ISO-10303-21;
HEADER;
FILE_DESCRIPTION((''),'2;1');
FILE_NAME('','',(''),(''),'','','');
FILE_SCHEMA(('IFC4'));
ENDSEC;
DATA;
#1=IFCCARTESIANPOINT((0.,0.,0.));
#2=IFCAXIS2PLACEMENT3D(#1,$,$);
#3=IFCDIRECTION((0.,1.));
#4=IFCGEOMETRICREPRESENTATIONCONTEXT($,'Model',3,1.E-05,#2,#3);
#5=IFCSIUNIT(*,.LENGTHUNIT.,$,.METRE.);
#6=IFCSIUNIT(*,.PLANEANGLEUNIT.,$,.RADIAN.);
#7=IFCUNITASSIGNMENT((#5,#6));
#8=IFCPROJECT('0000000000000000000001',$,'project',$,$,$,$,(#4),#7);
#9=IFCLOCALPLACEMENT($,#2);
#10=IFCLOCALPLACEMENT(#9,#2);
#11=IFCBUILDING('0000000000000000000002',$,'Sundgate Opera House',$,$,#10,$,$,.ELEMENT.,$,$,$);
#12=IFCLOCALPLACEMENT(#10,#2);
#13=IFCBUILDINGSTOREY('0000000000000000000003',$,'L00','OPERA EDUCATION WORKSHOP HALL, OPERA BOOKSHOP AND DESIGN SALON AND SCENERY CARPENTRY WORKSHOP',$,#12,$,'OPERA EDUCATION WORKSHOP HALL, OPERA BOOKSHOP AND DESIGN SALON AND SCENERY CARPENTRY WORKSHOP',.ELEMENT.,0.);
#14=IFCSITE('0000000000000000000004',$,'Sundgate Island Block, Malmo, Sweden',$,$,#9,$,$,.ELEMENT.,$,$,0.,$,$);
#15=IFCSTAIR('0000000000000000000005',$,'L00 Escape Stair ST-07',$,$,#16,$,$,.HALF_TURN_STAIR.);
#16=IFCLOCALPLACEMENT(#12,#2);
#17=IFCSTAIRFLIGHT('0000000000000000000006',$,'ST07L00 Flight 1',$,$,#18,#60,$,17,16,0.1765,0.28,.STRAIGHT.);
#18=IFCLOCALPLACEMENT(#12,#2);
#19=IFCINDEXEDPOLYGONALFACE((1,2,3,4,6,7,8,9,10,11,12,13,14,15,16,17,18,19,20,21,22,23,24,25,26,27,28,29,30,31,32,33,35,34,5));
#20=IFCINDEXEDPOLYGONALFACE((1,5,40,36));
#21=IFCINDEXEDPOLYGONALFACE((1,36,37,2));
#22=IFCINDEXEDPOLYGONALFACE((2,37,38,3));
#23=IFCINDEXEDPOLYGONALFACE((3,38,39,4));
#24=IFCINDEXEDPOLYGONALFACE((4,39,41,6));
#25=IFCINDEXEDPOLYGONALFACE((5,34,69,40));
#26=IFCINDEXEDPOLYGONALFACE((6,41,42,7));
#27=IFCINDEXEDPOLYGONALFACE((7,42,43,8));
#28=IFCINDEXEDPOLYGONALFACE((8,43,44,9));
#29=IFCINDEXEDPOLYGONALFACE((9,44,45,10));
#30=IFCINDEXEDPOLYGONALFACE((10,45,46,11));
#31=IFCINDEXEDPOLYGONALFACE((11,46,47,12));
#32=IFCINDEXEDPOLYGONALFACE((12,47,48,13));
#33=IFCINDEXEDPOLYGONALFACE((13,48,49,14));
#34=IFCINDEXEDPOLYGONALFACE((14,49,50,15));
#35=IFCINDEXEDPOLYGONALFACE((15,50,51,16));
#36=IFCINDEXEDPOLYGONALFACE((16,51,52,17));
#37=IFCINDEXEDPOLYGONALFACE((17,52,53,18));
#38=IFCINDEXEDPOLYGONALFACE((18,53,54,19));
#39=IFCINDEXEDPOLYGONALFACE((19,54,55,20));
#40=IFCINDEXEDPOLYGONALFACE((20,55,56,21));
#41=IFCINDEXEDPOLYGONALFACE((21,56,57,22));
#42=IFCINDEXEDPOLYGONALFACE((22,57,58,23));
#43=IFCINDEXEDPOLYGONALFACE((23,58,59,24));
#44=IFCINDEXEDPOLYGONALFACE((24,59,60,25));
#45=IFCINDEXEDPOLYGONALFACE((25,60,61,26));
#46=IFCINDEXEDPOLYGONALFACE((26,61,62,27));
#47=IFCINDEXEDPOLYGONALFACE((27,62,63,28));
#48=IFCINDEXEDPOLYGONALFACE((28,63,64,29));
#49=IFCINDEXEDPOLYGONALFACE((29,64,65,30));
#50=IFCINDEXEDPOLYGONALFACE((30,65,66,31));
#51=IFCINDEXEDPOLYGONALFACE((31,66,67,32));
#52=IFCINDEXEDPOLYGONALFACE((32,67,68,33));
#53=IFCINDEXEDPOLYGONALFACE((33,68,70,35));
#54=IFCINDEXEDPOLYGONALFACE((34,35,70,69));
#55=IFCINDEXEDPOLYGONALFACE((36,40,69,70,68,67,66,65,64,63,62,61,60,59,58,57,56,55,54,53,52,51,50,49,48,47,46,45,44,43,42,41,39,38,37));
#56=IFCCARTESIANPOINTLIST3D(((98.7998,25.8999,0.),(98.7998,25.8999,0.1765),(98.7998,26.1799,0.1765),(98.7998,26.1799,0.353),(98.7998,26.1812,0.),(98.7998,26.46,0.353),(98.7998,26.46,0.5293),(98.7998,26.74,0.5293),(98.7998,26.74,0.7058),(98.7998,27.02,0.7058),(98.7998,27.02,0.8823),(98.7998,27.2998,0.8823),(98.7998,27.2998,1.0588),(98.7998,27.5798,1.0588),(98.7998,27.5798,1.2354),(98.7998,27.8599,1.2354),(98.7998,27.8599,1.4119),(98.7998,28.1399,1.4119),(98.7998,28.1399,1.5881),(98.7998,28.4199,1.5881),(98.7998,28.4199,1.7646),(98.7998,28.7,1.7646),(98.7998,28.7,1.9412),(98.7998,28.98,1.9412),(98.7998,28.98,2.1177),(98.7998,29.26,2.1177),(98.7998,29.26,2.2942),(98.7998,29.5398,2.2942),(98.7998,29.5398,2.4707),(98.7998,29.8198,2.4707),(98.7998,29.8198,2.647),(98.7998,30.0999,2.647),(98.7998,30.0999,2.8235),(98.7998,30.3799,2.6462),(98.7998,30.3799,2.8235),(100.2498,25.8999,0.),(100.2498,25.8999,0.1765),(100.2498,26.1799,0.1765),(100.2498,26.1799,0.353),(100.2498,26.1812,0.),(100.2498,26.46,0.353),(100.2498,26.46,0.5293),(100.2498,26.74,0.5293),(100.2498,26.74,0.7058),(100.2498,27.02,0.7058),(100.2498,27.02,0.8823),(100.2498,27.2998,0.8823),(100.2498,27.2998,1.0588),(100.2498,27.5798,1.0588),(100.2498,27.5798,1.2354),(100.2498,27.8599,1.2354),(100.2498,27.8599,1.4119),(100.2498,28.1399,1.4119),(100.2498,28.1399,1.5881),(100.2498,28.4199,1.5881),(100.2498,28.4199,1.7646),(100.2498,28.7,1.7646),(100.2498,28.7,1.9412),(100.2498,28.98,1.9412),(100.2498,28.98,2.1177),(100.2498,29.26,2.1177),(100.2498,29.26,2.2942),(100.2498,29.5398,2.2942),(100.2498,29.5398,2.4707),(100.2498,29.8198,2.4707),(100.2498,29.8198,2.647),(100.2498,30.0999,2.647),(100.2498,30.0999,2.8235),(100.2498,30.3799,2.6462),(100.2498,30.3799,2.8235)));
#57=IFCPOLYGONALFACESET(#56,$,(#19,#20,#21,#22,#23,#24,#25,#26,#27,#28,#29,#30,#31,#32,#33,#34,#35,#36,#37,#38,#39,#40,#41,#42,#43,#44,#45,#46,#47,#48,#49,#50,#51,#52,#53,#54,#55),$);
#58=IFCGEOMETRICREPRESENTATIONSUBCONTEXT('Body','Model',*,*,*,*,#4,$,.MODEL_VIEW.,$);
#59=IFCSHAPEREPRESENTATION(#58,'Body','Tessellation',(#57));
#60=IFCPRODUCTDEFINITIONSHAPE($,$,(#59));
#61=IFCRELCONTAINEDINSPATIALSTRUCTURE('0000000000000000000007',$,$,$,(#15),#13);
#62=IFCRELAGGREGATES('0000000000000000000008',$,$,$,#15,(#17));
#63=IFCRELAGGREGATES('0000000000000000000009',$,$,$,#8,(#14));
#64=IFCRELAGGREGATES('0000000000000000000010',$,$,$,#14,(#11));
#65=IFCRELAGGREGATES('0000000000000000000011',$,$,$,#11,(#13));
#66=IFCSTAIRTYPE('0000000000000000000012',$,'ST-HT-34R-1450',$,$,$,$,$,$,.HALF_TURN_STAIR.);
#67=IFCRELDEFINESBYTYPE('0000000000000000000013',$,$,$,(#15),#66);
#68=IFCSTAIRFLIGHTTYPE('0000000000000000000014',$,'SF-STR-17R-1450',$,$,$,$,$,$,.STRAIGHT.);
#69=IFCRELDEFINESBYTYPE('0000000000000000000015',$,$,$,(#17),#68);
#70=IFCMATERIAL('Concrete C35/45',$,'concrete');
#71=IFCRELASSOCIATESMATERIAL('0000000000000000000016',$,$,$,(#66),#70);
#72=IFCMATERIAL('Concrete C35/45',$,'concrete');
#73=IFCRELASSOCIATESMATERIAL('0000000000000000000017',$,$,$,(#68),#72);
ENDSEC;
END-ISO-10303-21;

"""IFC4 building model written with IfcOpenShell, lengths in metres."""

from ifc_helpers import new_model, si_unit, direction, frame, origin, place, context, subcontext, project, spatial, polyline, outline, extrude, material, type_object, element, aggregate, save


model = new_model("IFC4")

# Units and contexts
model_context = context("Model", 3, precision=1e-05, world=origin(), true_north=direction((0.0, 1.0)))
body_context = subcontext(model_context, "Body", "Model", "MODEL_VIEW")
ifc_project = project(units=[si_unit("LENGTHUNIT", "METRE"), si_unit("PLANEANGLEUNIT", "RADIAN")], contexts=[model_context])

# Site, building, storey
site_placement = place(None, origin())
site = spatial("IfcSite", under=ifc_project, at=site_placement, Name="Sundgate Island Block, Malmo, Sweden", CompositionType="ELEMENT", RefElevation=0.0)
building_placement = place(site_placement, origin())
building = spatial("IfcBuilding", under=site, at=building_placement, Name="Sundgate Opera House", CompositionType="ELEMENT")
storey_placement = place(building_placement, origin())
storey = spatial("IfcBuildingStorey", under=building, at=storey_placement, Name="L00", Description="OPERA EDUCATION WORKSHOP HALL, OPERA BOOKSHOP AND DESIGN SALON AND SCENERY CARPENTRY WORKSHOP", LongName="OPERA EDUCATION WORKSHOP HALL, OPERA BOOKSHOP AND DESIGN SALON AND SCENERY CARPENTRY WORKSHOP", CompositionType="ELEMENT", Elevation=0.0)

# Stair, stair flight
ifc_material_1 = material(Name="Concrete C35/45", Category="concrete")
stair_type = type_object("IfcStairType", Name="ST-HT-34R-1450", PredefinedType="HALF_TURN_STAIR", material=ifc_material_1)
stair_placement = place(storey_placement, origin())
stair = element("IfcStair", 1, at=stair_placement, inside=storey, type_object=stair_type, Name="L00 Escape Stair ST-07", PredefinedType="HALF_TURN_STAIR")
ifc_material_2 = material(Name="Concrete C35/45", Category="concrete")
stair_flight_type = type_object("IfcStairFlightType", Name="SF-STR-17R-1450", PredefinedType="STRAIGHT", material=ifc_material_2)
stair_flight_placement = place(storey_placement, frame((99.5249, 25.8999, 0.0), z_axis=(0.0, 0.0, 1.0), x_axis=(0.0, 1.0, 0.0)))
stair_flight = element("IfcStairFlight", 2, at=stair_flight_placement, type_object=stair_flight_type, Name="ST07L00 Flight 1", NumberOfRisers=17, NumberOfTreads=16, PredefinedType="STRAIGHT", RiserHeight=0.1765, TreadLength=0.28, context=body_context, shape_type="SweptSolid", body=[
    extrude(outline(polyline([(0.0, 0.0), (0.0, 0.1765), (0.28, 0.1765), (0.28, 0.353), (0.5601, 0.353), (0.5601, 0.5293), (0.8401, 0.5293), (0.8401, 0.7058), (1.1201, 0.7058), (1.1201, 0.8823), (1.3999, 0.8823), (1.3999, 1.0588), (1.6799, 1.0588), (1.6799, 1.2354), (1.96, 1.2354), (1.96, 1.4119), (2.24, 1.4119), (2.24, 1.5881), (2.52, 1.5881), (2.52, 1.7646), (2.8, 1.7646), (2.8, 1.9412), (3.0801, 1.9412), (3.0801, 2.1177), (3.3601, 2.1177), (3.3601, 2.2942), (3.6399, 2.2942), (3.6399, 2.4707), (3.9199, 2.4707), (3.9199, 2.647), (4.2, 2.647), (4.2, 2.8235), (4.48, 2.8235), (4.48, 3.0), (4.48, 2.6462), (0.2812, 0.0), (0.0, 0.0)])), frame((0.0, 0.7251, 0.0), z_axis=(0.0, -1.0, 0.0), x_axis=(1.0, 0.0, 0.0)), (0.0, 0.0, 1.0), 1.45),
])
aggregate(stair, [stair_flight])

save(model, "model.ifc")
